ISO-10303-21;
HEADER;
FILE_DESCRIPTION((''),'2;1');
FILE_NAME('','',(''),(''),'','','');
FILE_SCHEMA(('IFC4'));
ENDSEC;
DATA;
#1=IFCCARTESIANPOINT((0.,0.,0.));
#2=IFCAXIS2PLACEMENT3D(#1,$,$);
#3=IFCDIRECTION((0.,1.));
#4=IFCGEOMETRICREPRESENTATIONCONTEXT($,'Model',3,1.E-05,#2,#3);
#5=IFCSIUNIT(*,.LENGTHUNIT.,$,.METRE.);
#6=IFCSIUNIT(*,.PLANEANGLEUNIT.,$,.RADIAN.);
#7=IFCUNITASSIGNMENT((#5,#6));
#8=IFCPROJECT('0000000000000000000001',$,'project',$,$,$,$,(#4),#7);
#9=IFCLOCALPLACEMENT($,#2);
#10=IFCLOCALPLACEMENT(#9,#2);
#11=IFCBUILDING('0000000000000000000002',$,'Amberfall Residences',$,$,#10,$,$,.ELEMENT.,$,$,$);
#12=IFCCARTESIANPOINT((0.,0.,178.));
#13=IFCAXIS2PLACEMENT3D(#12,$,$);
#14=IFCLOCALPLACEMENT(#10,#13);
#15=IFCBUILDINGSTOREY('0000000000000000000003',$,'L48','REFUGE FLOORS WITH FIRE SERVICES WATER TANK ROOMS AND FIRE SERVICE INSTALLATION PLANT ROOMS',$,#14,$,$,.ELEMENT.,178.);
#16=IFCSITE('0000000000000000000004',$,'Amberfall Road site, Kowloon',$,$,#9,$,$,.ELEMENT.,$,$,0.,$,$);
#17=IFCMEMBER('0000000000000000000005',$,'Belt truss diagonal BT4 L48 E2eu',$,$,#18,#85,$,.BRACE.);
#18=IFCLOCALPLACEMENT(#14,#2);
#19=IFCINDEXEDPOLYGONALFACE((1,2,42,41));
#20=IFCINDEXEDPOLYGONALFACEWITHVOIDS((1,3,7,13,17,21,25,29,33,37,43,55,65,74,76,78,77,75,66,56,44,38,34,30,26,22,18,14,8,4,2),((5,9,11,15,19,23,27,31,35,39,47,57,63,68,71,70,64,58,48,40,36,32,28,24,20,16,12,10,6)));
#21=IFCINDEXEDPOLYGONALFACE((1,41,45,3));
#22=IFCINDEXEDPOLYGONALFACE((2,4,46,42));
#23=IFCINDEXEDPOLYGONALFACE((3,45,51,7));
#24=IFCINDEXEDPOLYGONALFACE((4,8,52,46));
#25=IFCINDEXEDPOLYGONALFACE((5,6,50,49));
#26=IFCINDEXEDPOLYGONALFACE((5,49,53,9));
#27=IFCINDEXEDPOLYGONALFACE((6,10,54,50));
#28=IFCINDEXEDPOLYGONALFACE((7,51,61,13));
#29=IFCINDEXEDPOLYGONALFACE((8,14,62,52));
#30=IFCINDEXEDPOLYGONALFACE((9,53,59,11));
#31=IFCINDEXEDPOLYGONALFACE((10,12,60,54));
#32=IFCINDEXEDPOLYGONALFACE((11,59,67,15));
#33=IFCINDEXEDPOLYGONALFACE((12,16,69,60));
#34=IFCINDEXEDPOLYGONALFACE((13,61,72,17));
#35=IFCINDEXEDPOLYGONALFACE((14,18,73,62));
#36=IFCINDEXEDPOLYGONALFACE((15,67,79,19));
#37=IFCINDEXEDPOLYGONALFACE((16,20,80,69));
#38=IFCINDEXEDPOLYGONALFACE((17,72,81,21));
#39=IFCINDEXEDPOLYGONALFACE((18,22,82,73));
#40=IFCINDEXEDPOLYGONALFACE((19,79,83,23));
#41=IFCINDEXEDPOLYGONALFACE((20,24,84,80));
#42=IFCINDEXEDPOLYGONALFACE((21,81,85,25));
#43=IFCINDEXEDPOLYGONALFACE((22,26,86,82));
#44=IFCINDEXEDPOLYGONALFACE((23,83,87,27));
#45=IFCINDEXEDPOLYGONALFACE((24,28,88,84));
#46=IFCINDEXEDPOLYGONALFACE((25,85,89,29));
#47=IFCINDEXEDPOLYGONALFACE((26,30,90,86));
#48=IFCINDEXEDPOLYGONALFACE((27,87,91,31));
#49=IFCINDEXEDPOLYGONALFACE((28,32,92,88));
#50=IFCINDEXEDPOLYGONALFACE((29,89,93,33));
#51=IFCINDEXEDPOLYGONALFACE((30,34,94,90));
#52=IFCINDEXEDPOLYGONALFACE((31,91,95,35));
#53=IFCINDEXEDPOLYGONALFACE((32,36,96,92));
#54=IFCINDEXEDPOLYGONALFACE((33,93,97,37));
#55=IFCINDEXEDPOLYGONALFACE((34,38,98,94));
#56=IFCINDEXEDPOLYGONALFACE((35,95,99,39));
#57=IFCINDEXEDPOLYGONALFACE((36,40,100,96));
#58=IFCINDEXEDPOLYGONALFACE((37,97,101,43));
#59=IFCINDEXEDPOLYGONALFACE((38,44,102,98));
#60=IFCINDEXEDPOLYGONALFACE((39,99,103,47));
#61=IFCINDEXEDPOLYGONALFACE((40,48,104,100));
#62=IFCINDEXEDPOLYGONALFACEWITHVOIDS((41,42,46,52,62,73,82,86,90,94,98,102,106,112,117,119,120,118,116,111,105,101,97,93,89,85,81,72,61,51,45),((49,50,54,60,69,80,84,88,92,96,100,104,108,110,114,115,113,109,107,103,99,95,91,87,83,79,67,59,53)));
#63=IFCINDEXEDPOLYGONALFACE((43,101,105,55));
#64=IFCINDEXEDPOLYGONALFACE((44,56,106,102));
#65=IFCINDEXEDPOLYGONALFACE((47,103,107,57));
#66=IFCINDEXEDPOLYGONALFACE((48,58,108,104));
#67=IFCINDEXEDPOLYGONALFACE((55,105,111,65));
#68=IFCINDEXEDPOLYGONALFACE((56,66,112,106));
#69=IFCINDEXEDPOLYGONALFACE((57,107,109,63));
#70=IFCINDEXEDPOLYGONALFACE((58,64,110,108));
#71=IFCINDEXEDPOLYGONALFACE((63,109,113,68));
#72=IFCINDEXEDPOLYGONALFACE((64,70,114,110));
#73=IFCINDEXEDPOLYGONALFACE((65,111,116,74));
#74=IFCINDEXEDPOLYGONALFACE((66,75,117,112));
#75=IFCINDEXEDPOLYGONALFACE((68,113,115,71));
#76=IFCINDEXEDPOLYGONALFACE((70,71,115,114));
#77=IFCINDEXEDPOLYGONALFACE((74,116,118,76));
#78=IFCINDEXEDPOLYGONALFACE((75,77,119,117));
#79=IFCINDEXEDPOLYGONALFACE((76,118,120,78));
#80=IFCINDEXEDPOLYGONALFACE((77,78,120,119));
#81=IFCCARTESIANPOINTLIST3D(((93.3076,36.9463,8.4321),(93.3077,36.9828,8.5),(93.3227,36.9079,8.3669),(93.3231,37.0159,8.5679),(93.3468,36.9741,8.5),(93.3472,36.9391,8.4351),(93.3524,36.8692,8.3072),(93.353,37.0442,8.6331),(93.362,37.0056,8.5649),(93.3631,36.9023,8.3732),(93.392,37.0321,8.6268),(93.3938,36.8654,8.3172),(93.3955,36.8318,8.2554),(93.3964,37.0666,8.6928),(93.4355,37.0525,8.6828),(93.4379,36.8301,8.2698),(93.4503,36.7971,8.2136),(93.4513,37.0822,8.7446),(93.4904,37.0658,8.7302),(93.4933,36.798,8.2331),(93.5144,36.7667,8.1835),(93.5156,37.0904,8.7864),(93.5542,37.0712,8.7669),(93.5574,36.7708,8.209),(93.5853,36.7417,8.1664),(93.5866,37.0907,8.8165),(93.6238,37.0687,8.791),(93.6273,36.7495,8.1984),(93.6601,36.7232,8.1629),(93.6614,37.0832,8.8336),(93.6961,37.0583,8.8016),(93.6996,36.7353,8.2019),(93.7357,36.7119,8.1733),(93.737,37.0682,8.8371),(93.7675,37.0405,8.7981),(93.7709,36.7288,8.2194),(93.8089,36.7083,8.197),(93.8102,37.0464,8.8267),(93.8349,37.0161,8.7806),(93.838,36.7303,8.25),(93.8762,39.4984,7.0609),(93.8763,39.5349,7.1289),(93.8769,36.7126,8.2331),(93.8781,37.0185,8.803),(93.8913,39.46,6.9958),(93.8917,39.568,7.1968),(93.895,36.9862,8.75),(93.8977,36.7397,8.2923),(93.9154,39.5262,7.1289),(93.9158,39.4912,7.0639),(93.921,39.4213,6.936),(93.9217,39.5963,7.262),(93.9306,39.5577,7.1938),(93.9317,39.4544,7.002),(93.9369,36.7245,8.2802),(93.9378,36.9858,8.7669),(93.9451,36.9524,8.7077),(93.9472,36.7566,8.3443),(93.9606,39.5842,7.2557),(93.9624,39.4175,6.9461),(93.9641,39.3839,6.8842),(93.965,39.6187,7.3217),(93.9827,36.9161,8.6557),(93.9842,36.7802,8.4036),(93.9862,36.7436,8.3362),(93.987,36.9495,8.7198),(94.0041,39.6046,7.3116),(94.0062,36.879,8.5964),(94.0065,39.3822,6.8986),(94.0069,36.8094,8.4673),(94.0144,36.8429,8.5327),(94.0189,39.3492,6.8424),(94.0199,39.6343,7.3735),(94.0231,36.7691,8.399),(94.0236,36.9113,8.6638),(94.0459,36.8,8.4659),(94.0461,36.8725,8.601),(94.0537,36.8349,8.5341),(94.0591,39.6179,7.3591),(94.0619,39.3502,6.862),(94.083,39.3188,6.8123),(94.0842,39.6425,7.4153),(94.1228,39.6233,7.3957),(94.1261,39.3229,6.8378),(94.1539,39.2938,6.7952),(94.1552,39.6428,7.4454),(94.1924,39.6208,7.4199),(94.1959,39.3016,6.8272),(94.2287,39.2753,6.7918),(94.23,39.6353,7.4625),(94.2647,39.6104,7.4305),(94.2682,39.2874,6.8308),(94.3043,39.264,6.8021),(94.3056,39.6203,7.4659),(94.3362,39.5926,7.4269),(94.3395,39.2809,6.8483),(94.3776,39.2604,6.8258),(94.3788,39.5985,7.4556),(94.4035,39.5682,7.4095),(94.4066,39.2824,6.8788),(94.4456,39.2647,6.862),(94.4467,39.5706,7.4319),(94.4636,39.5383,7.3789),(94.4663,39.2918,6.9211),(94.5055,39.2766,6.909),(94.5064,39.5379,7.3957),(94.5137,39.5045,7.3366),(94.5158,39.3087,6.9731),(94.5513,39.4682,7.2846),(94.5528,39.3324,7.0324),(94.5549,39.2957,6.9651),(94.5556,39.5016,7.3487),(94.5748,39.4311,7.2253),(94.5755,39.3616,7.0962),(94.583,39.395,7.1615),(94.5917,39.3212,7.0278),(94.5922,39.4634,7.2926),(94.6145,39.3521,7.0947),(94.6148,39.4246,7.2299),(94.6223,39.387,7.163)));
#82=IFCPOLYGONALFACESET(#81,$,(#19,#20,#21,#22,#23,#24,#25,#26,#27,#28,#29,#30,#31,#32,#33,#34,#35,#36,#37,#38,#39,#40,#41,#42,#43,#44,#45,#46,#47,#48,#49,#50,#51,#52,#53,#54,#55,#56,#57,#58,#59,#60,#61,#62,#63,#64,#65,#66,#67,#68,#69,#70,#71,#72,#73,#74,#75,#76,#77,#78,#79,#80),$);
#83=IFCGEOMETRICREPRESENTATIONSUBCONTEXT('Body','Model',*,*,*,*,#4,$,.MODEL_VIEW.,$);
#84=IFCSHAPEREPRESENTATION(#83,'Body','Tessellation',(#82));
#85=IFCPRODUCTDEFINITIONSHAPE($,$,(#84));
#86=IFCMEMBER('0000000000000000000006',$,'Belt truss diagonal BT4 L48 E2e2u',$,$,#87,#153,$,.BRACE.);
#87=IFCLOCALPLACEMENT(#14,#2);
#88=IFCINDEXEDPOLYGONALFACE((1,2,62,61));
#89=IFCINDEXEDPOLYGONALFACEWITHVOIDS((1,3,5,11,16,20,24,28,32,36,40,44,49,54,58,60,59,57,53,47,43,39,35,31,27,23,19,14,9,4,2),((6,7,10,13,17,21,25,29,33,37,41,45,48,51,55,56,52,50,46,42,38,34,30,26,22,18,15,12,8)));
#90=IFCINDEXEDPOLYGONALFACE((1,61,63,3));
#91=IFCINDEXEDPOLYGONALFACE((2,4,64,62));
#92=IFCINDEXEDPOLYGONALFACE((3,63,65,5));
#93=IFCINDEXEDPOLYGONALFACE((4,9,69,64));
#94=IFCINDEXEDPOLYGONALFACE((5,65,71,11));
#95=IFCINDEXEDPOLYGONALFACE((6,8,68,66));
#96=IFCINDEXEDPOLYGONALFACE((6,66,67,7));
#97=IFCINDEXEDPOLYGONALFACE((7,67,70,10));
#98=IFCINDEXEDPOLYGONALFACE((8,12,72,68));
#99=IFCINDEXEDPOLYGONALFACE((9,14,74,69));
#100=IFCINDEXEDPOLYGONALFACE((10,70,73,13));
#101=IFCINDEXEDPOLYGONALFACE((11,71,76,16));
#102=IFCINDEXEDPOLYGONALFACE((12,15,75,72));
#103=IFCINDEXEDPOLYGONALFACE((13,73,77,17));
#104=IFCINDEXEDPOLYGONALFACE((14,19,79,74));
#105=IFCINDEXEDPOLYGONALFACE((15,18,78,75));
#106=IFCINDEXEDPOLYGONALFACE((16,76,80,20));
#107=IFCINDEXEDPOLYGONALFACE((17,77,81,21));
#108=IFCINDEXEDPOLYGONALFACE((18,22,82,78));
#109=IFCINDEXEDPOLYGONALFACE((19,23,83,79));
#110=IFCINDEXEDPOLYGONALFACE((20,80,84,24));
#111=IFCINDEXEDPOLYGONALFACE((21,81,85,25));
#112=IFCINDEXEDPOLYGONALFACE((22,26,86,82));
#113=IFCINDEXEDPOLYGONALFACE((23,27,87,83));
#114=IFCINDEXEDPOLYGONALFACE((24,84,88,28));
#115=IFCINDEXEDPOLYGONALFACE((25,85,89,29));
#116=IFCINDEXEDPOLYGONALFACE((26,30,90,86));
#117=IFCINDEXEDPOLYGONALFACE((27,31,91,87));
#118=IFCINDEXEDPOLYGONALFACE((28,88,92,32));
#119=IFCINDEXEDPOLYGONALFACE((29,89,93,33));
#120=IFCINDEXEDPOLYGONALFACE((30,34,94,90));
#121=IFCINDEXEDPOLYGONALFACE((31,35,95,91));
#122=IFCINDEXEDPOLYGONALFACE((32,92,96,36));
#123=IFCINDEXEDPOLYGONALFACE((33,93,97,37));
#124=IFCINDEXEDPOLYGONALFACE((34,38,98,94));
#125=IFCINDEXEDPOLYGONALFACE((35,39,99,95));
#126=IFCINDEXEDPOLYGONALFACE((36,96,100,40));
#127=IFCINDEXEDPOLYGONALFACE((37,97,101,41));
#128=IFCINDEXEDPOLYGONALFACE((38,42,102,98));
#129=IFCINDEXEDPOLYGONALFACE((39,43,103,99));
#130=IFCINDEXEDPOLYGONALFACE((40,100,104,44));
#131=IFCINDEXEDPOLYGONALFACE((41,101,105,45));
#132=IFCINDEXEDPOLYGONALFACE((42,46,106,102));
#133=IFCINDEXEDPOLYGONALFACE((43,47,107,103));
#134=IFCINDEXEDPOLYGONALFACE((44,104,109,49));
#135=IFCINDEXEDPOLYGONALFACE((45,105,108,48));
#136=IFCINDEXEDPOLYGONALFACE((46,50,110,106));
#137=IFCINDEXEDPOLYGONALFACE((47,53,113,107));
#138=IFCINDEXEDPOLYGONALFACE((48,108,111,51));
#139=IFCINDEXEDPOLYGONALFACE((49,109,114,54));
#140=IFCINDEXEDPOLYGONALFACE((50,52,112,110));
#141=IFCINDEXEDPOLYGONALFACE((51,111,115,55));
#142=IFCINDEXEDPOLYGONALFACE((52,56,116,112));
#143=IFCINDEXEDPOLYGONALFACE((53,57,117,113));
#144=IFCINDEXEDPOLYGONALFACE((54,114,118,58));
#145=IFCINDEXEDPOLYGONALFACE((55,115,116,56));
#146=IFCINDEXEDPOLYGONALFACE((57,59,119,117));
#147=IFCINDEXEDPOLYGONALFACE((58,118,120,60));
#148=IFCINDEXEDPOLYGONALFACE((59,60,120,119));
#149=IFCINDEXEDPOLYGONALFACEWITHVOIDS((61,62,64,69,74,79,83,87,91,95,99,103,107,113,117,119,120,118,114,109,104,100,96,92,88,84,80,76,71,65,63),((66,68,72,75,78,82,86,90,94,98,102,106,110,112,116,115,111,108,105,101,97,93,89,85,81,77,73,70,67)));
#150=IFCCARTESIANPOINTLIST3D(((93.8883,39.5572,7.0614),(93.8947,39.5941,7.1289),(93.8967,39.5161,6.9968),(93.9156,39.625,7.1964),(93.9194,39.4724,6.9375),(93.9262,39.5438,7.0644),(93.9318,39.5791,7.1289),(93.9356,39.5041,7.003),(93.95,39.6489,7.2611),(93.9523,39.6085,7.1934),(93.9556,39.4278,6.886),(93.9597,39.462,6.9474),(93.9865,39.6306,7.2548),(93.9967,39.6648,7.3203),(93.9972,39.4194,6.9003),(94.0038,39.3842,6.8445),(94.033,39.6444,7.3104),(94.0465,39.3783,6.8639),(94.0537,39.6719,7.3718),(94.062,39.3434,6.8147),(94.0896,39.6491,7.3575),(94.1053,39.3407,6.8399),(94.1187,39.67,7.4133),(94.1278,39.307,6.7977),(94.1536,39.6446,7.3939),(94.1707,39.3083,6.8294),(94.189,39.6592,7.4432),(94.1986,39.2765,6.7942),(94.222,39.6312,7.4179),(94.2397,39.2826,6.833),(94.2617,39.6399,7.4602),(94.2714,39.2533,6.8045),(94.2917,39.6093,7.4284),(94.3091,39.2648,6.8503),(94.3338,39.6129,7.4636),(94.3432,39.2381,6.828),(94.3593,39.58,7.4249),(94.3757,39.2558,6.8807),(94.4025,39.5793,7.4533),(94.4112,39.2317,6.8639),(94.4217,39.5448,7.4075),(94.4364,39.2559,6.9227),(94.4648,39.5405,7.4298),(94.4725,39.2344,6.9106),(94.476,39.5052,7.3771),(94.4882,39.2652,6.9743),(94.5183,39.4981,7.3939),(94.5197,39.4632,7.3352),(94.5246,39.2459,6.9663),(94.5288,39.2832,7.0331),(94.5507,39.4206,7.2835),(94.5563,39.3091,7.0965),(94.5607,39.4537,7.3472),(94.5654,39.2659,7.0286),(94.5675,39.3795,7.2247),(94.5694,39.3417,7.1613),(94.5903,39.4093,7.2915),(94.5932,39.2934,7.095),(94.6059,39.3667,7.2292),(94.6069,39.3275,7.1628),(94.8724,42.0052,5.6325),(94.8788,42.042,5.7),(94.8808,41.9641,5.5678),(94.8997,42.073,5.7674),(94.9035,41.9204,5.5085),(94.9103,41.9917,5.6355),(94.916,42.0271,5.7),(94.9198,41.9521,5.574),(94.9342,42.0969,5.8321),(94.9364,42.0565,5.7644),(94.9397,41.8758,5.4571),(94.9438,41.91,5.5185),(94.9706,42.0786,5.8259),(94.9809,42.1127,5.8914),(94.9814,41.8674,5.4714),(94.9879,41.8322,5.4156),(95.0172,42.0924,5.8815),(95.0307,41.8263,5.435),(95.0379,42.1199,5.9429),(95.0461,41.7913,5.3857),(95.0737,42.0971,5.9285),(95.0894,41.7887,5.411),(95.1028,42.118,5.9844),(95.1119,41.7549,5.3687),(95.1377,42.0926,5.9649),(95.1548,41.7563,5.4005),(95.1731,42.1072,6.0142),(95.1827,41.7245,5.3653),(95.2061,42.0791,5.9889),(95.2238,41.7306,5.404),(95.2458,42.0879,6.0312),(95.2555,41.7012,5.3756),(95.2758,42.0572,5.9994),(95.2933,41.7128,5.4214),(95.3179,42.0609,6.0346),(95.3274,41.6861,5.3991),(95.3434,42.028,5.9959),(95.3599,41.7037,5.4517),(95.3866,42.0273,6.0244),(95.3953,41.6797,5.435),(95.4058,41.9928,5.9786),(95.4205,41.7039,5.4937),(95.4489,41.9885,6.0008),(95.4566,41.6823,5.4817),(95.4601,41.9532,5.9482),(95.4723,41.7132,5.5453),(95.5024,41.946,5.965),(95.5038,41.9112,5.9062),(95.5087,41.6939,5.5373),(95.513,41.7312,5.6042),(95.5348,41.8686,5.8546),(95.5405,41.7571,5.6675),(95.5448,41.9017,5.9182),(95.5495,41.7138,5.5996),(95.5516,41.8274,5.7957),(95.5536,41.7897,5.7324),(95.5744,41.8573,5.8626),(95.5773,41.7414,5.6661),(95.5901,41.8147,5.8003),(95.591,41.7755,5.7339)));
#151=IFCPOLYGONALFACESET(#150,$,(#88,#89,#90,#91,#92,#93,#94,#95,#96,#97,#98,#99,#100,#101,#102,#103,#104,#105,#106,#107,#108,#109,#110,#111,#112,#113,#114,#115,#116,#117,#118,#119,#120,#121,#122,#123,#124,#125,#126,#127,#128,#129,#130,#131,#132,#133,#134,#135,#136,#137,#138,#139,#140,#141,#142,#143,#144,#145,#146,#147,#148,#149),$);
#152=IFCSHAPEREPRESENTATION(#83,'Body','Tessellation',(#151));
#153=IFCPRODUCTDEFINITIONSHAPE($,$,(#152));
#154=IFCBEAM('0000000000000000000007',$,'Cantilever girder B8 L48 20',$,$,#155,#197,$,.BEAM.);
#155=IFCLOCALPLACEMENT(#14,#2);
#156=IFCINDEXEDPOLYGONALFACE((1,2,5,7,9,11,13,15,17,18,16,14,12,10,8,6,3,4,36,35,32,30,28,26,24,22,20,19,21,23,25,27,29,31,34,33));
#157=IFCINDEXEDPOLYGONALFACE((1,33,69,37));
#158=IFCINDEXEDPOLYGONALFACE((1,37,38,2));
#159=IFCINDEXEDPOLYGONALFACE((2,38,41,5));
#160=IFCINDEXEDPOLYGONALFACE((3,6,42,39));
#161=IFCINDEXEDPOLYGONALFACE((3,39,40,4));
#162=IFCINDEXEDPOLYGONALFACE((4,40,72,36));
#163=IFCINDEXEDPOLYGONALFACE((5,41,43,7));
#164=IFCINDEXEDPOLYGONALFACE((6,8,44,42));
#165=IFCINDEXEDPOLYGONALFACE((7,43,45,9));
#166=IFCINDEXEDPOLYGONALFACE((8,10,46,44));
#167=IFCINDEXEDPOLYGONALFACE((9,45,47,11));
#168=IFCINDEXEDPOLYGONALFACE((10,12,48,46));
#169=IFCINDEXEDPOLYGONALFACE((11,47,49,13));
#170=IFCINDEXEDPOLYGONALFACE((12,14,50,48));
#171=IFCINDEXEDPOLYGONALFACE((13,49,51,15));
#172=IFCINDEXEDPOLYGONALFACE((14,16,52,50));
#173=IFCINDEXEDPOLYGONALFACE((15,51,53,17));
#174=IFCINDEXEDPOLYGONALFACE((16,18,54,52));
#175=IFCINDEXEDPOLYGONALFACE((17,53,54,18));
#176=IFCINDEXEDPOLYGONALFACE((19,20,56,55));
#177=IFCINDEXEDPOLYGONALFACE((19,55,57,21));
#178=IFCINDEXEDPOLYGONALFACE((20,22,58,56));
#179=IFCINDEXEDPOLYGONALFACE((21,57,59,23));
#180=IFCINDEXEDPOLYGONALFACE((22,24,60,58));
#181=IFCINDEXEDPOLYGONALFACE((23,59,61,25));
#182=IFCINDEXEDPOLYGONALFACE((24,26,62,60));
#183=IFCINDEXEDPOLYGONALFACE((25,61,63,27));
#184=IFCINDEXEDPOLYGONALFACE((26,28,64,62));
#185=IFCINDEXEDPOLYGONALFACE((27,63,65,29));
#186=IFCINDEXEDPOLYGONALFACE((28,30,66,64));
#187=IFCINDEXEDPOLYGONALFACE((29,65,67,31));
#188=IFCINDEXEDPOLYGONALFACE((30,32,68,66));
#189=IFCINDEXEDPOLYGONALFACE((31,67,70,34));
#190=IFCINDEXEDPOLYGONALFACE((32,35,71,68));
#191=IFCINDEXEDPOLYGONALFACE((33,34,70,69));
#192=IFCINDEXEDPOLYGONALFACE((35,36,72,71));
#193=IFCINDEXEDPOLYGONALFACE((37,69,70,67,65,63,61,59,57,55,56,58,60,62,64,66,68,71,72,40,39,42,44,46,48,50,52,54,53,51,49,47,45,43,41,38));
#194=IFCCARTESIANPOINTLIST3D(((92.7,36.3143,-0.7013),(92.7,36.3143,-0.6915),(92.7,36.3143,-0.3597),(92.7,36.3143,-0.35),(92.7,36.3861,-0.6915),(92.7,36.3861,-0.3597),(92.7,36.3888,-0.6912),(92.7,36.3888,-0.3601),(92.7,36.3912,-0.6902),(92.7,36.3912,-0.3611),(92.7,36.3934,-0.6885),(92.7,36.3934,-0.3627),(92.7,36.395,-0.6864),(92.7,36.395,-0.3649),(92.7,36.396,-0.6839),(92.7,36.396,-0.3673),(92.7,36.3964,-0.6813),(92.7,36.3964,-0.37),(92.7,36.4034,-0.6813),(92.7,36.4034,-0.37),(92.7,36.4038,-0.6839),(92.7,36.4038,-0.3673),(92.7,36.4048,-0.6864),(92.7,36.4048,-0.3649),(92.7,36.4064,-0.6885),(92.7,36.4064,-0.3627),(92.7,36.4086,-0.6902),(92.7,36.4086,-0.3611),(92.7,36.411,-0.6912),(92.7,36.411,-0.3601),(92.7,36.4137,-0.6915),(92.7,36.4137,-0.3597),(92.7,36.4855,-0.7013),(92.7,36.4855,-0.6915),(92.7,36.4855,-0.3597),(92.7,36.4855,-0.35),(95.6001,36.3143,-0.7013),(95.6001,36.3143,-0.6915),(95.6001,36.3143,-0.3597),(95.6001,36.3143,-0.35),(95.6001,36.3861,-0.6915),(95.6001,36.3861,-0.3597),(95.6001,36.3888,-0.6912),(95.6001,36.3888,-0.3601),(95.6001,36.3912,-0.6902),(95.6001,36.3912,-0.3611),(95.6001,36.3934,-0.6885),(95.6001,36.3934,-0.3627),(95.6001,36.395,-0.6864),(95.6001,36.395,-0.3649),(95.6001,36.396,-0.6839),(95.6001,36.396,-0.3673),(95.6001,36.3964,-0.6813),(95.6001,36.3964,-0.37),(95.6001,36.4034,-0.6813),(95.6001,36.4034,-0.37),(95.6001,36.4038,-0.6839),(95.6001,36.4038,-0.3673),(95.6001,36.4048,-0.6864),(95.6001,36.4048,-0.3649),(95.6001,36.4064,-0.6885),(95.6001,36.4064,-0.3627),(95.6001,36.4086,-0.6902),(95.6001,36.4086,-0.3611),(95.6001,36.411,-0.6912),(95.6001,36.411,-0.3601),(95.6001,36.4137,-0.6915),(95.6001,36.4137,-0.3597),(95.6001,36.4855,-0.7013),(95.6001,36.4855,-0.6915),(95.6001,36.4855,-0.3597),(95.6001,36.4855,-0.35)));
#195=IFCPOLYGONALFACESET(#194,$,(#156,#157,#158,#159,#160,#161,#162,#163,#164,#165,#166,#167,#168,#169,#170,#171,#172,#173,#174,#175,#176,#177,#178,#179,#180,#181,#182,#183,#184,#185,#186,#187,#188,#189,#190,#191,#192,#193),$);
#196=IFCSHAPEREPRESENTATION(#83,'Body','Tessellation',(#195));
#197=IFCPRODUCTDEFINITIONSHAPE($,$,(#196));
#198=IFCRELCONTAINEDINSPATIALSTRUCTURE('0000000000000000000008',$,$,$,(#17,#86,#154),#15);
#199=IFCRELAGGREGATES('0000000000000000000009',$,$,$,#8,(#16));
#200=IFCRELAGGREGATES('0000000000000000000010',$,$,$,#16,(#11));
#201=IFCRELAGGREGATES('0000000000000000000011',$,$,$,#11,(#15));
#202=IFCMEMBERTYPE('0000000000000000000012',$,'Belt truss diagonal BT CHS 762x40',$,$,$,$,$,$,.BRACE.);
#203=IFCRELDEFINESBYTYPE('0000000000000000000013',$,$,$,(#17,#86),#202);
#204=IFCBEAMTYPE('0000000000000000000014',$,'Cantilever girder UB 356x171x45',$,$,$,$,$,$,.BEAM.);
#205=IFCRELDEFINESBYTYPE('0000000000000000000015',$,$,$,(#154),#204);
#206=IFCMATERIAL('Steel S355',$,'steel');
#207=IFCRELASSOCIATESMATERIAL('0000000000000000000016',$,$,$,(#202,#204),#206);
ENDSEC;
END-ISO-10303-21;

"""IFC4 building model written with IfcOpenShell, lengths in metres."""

from ifc_helpers import new_model, si_unit, direction, frame, origin, origin_2d, place, context, subcontext, project, spatial, hollow_circle, i_section, extrude, material, material_profile, profile_set, type_object, element, save


model = new_model("IFC4")

# Units and contexts
model_context = context("Model", 3, precision=1e-05, world=origin(), true_north=direction((0.0, 1.0)))
body_context = subcontext(model_context, "Body", "Model", "MODEL_VIEW")
ifc_project = project(units=[si_unit("LENGTHUNIT", "METRE"), si_unit("PLANEANGLEUNIT", "RADIAN")], contexts=[model_context])

# Site, building, storey
site_placement = place(None, origin())
site = spatial("IfcSite", under=ifc_project, at=site_placement, Name="Amberfall Road site, Kowloon", CompositionType="ELEMENT", RefElevation=0.0)
building_placement = place(site_placement, origin())
building = spatial("IfcBuilding", under=site, at=building_placement, Name="Amberfall Residences", CompositionType="ELEMENT")
storey_placement = place(building_placement, frame((0.0, 0.0, 178.0)))
storey = spatial("IfcBuildingStorey", under=building, at=storey_placement, Name="L48", Description="REFUGE FLOORS WITH FIRE SERVICES WATER TANK ROOMS AND FIRE SERVICE INSTALLATION PLANT ROOMS", CompositionType="ELEMENT", Elevation=178.0)

# Shared definitions
ifc_material_1 = material(Name="Steel S355", Category="steel")

# Members
ifc_material_profile_1 = material_profile(ifc_material_1, hollow_circle(Radius=0.3811, WallThickness=0.04, at=origin_2d()), Name="CHS 762x40")
ifc_profile_set_1 = profile_set([ifc_material_profile_1], Name="Steel S355")
member_type = type_object("IfcMemberType", Name="Belt truss diagonal BT CHS 762x40", PredefinedType="BRACE", material=ifc_profile_set_1)
member_1_placement = place(storey_placement, frame((93.6797, 36.8999, 8.5), z_axis=(0.192598, 0.864419, -0.46442), x_axis=(-0.976066, 0.217474, 0.0)))
element("IfcMember", 1, at=member_1_placement, inside=storey, type_object=member_type, Name="Belt truss diagonal BT4 L48 E2eu", PredefinedType="BRACE", context=body_context, shape_type="SweptSolid", body=[
    extrude(hollow_circle(Radius=0.3811, WallThickness=0.04, at=origin_2d()), origin(), (0.0, 0.0, 1.0), 2.9524),
])
member_2_placement = place(storey_placement, frame((94.2483, 39.4519, 7.1289), z_axis=(0.327987, 0.815858, -0.476236), x_axis=(-0.927831, 0.373001, 0.0)))
element("IfcMember", 2, at=member_2_placement, inside=storey, type_object=member_type, Name="Belt truss diagonal BT4 L48 E2e2u", PredefinedType="BRACE", context=body_context, shape_type="SweptSolid", body=[
    extrude(hollow_circle(Radius=0.3811, WallThickness=0.04, at=origin_2d()), origin(), (0.0, 0.0, 1.0), 3.0005),
])

# Beam
ifc_material_profile_2 = material_profile(ifc_material_1, i_section(OverallWidth=0.1711, OverallDepth=0.3513, WebThickness=0.0071, FlangeThickness=0.0098, FilletRadius=0.0103, at=origin_2d()), Name="UB 356x171x45")
ifc_profile_set_2 = profile_set([ifc_material_profile_2], Name="Steel S355")
beam_type_1 = type_object("IfcBeamType", Name="Cantilever girder UB 356x171x45", PredefinedType="BEAM", material=ifc_profile_set_2)
beam_1_placement = place(storey_placement, frame((92.7, 36.3999, -0.5256), z_axis=(1.0, 0.0, 0.0), x_axis=(0.0, 1.0, 0.0)))
element("IfcBeam", 3, at=beam_1_placement, inside=storey, type_object=beam_type_1, Name="Cantilever girder B8 L48 20", PredefinedType="BEAM", context=body_context, shape_type="SweptSolid", body=[
    extrude(i_section(OverallWidth=0.1711, OverallDepth=0.3513, WebThickness=0.0071, FlangeThickness=0.0098, FilletRadius=0.0103, at=origin_2d()), origin(), (0.0, 0.0, 1.0), 2.9001),
])

save(model, "model.ifc")
